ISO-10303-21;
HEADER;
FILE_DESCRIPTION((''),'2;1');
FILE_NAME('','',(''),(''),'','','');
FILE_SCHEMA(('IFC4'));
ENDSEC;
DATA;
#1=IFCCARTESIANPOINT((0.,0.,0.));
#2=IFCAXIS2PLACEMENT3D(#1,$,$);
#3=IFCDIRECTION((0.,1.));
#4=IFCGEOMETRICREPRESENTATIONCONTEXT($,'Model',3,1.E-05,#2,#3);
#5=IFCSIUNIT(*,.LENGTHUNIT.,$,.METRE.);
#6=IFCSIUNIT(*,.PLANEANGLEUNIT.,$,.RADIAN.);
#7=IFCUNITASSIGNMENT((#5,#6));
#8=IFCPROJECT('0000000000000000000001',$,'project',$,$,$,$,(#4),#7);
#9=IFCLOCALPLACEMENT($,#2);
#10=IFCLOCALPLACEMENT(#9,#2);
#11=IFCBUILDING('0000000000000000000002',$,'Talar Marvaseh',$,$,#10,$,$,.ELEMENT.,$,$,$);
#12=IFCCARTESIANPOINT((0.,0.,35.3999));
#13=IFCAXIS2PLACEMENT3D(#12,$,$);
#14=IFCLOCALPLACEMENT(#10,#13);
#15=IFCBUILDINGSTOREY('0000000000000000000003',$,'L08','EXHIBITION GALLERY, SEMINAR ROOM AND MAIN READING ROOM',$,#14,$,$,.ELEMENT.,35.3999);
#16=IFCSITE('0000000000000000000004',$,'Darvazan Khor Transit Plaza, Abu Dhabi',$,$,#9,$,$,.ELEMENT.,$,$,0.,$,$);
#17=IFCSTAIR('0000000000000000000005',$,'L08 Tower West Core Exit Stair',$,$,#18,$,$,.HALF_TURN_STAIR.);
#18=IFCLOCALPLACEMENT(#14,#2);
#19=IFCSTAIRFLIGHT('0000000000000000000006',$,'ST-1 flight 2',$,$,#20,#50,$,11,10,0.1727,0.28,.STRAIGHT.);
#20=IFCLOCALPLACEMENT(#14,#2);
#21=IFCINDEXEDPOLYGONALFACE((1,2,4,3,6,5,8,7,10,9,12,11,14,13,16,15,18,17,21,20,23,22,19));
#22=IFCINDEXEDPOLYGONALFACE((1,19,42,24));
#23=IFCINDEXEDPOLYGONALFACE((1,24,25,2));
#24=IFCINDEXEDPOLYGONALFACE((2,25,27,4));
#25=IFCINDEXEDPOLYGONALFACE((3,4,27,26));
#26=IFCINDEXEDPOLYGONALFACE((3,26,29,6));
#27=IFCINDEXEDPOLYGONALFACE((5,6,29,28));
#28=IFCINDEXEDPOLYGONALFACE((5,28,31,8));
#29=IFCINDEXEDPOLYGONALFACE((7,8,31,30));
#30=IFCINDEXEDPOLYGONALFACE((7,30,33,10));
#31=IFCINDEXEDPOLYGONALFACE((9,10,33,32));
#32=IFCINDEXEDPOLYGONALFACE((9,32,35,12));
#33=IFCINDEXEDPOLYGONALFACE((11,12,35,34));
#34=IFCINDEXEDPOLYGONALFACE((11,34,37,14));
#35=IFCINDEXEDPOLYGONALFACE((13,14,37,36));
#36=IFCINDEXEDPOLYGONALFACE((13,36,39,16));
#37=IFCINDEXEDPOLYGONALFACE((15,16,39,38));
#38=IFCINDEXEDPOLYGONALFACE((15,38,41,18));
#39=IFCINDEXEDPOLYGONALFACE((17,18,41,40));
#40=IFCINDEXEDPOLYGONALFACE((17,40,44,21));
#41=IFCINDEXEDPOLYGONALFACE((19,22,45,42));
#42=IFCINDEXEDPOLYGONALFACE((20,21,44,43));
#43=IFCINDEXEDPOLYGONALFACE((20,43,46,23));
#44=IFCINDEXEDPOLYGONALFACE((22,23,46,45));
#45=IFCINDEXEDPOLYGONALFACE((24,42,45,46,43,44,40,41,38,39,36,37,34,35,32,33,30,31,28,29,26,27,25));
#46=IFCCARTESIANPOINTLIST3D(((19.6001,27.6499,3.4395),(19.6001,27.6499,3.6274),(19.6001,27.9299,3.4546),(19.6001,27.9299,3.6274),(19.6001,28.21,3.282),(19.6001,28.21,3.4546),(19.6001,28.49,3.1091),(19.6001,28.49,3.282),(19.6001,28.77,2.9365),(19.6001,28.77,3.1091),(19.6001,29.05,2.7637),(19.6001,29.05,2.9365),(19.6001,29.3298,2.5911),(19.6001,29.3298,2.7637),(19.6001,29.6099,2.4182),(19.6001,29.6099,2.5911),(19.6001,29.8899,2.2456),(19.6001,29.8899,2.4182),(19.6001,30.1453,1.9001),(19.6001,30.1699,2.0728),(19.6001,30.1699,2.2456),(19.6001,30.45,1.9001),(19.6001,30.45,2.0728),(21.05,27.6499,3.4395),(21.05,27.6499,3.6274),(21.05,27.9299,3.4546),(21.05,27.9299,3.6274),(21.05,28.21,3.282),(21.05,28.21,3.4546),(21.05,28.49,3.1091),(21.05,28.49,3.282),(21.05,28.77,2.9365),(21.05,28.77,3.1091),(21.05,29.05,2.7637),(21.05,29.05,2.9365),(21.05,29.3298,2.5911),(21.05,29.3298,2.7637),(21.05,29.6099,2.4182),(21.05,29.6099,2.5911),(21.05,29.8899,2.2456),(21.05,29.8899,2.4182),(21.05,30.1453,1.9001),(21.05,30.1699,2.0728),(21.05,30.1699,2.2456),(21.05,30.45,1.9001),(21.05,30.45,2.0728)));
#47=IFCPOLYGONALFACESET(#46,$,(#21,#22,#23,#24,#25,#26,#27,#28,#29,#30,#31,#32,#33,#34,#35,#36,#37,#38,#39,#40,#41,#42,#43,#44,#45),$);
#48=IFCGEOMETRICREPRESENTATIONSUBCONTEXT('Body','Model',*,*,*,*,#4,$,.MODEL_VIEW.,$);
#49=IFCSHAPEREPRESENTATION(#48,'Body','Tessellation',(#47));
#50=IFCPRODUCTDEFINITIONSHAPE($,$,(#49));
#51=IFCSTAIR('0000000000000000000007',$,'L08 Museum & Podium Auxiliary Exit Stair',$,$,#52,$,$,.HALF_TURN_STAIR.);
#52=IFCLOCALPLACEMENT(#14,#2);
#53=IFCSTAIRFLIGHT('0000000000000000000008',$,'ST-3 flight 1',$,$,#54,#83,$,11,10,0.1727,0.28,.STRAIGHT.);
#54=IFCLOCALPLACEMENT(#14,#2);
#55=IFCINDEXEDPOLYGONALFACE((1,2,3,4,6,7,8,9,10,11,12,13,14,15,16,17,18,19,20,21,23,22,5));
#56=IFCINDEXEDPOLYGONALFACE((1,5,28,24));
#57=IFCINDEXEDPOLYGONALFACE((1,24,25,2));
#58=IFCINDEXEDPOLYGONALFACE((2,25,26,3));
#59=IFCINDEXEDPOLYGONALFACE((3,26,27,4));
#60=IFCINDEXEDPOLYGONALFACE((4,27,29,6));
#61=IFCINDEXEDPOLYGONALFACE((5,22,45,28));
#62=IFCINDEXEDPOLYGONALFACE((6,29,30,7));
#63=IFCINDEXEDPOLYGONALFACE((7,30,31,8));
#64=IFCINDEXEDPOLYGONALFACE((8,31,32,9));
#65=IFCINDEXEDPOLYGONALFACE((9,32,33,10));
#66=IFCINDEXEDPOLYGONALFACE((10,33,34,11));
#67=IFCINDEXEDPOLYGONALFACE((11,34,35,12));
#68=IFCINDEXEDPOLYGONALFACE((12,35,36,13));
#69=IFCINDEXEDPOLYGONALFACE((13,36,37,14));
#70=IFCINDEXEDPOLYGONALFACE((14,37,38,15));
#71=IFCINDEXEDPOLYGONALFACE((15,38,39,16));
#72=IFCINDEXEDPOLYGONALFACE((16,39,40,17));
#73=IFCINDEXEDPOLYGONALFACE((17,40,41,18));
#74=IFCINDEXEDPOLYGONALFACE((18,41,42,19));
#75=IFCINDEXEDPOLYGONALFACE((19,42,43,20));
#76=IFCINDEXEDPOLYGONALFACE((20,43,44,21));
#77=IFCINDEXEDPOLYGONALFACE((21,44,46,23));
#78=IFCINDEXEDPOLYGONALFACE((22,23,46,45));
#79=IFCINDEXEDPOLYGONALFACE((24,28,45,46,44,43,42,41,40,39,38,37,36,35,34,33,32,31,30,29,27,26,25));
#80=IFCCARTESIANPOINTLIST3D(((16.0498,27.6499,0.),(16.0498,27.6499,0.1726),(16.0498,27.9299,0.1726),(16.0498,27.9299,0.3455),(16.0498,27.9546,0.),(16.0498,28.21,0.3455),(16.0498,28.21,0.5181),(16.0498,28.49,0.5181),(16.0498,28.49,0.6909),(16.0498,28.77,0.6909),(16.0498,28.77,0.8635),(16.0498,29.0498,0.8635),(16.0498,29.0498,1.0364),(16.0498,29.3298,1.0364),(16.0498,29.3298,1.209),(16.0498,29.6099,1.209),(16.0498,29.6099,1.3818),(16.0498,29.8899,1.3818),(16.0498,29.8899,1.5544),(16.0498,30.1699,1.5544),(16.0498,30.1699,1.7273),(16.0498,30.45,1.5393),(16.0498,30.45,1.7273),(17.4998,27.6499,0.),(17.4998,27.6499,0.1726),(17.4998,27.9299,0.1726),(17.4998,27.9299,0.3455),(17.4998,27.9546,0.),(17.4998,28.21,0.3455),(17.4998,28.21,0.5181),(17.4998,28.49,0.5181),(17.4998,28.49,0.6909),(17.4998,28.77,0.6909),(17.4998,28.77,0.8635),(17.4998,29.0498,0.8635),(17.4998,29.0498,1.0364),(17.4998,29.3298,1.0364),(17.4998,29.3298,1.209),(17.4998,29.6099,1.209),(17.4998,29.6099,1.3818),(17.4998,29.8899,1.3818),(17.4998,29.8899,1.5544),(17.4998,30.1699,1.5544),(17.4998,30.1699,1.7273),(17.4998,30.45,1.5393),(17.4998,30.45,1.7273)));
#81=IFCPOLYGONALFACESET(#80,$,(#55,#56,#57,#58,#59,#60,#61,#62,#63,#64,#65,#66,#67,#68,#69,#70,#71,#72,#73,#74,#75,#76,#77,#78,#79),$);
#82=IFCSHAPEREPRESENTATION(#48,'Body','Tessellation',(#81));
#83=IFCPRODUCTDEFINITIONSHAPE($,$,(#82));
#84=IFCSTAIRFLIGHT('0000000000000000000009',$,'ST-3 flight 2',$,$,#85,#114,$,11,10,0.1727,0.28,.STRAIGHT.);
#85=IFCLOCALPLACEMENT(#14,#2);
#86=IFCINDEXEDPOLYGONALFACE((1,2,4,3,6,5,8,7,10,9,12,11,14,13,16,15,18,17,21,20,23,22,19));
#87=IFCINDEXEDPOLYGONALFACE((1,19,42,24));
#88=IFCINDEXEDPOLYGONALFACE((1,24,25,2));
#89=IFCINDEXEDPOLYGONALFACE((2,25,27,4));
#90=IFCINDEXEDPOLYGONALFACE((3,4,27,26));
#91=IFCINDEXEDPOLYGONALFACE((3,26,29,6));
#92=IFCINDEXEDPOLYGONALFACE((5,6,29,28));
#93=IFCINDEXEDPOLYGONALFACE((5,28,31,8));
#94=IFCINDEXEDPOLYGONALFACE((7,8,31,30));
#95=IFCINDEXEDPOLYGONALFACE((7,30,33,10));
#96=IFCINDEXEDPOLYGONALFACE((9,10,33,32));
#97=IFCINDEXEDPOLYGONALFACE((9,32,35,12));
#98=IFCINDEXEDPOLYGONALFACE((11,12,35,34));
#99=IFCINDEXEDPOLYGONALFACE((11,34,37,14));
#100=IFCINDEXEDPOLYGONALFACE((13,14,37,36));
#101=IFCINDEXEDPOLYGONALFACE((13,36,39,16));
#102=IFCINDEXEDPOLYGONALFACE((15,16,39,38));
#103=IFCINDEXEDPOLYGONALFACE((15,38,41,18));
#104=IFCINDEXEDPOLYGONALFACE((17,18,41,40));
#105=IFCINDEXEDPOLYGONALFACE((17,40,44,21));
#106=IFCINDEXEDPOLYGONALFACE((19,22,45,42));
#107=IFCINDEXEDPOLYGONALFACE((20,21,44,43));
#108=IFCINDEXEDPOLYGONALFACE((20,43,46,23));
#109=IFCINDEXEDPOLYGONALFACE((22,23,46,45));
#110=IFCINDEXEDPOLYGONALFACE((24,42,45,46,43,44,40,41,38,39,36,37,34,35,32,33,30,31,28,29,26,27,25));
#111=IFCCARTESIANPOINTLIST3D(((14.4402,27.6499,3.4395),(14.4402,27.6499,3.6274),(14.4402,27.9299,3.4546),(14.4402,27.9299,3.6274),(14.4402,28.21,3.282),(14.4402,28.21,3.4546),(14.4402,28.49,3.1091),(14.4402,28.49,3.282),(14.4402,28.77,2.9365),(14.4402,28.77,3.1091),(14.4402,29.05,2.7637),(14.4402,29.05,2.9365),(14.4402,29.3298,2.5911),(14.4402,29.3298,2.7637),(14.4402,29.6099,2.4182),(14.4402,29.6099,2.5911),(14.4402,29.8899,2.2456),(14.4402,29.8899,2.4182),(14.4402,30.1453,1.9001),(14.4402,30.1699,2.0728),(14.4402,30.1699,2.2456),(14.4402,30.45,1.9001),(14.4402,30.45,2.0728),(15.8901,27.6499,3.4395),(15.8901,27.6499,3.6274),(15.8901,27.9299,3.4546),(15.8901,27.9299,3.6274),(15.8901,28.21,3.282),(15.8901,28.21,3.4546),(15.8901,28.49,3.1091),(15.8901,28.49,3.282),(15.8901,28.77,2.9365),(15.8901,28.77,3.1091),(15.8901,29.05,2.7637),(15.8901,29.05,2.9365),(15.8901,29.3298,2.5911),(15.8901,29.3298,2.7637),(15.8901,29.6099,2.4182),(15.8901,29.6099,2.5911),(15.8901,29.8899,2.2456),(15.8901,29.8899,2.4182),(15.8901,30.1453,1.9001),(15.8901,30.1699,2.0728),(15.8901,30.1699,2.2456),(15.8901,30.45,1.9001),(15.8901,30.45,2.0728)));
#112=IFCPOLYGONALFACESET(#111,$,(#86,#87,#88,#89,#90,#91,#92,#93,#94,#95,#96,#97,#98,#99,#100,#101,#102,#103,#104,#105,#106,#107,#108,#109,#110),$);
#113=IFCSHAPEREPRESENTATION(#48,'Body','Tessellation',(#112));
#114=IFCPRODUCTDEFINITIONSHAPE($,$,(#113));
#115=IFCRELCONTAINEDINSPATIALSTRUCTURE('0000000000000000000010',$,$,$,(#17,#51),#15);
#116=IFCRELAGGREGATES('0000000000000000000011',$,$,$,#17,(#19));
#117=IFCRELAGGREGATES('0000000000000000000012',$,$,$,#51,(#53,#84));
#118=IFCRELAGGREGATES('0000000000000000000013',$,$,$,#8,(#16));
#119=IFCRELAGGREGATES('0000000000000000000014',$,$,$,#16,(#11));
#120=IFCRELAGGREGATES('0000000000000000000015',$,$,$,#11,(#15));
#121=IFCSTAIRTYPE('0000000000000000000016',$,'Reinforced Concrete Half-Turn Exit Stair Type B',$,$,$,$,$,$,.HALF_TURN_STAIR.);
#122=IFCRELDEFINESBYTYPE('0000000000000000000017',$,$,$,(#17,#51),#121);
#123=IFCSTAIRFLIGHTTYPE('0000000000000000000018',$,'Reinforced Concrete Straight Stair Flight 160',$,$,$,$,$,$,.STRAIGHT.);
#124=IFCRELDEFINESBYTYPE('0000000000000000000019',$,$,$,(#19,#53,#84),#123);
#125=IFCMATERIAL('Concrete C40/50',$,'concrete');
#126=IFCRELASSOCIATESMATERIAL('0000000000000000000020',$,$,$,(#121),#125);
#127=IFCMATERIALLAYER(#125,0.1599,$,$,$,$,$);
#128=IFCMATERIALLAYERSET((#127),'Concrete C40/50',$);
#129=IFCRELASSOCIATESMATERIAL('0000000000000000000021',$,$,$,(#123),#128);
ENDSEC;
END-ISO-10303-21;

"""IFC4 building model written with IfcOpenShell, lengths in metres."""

from ifc_helpers import new_model, si_unit, direction, frame, origin, place, context, subcontext, project, spatial, polyline, outline, extrude, material, layer, layer_set, type_object, element, aggregate, save


model = new_model("IFC4")

# Units and contexts
model_context = context("Model", 3, precision=1e-05, world=origin(), true_north=direction((0.0, 1.0)))
body_context = subcontext(model_context, "Body", "Model", "MODEL_VIEW")
ifc_project = project(units=[si_unit("LENGTHUNIT", "METRE"), si_unit("PLANEANGLEUNIT", "RADIAN")], contexts=[model_context])

# Site, building, storey
site_placement = place(None, origin())
site = spatial("IfcSite", under=ifc_project, at=site_placement, Name="Darvazan Khor Transit Plaza, Abu Dhabi", CompositionType="ELEMENT", RefElevation=0.0)
building_placement = place(site_placement, origin())
building = spatial("IfcBuilding", under=site, at=building_placement, Name="Talar Marvaseh", CompositionType="ELEMENT")
storey_placement = place(building_placement, frame((0.0, 0.0, 35.3999)))
storey = spatial("IfcBuildingStorey", under=building, at=storey_placement, Name="L08", Description="EXHIBITION GALLERY, SEMINAR ROOM AND MAIN READING ROOM", CompositionType="ELEMENT", Elevation=35.3999)

# Shared definitions
ifc_material_1 = material(Name="Concrete C40/50", Category="concrete")

# Stair, stair flight
stair_type = type_object("IfcStairType", Name="Reinforced Concrete Half-Turn Exit Stair Type B", PredefinedType="HALF_TURN_STAIR", material=ifc_material_1)
stair_1_placement = place(storey_placement, origin())
stair_1 = element("IfcStair", 1, at=stair_1_placement, inside=storey, type_object=stair_type, Name="L08 Tower West Core Exit Stair", PredefinedType="HALF_TURN_STAIR")
ifc_layer_1 = layer(ifc_material_1, 0.1599)
ifc_layer_set_1 = layer_set([ifc_layer_1], Name="Concrete C40/50")
stair_flight_type = type_object("IfcStairFlightType", Name="Reinforced Concrete Straight Stair Flight 160", PredefinedType="STRAIGHT", material=ifc_layer_set_1)
stair_flight_1_placement = place(storey_placement, frame((20.325, 30.45, 1.9001), z_axis=(0.0, 0.0, 1.0), x_axis=(0.0, -1.0, 0.0)))
stair_flight_1 = element("IfcStairFlight", 2, at=stair_flight_1_placement, type_object=stair_flight_type, Name="ST-1 flight 2", NumberOfRisers=11, NumberOfTreads=10, PredefinedType="STRAIGHT", RiserHeight=0.1727, TreadLength=0.28, context=body_context, shape_type="SweptSolid", body=[
    extrude(outline(polyline([(0.0, 0.0), (0.0, 0.1726), (0.28, 0.1726), (0.28, 0.3455), (0.5601, 0.3455), (0.5601, 0.5181), (0.8401, 0.5181), (0.8401, 0.6909), (1.1201, 0.6909), (1.1201, 0.8635), (1.3999, 0.8635), (1.3999, 1.0364), (1.6799, 1.0364), (1.6799, 1.209), (1.96, 1.209), (1.96, 1.3818), (2.24, 1.3818), (2.24, 1.5544), (2.52, 1.5544), (2.52, 1.7273), (2.8, 1.7273), (2.8, 1.8999), (2.8, 1.5393), (0.3047, 0.0), (0.0, 0.0)])), frame((0.0, 0.7251, 0.0), z_axis=(0.0, -1.0, 0.0), x_axis=(1.0, 0.0, 0.0)), (0.0, 0.0, 1.0), 1.45),
])
aggregate(stair_1, [stair_flight_1])

# Stair, stair flights
stair_2_placement = place(storey_placement, origin())
stair_2 = element("IfcStair", 3, at=stair_2_placement, inside=storey, type_object=stair_type, Name="L08 Museum & Podium Auxiliary Exit Stair", PredefinedType="HALF_TURN_STAIR")
stair_flight_2_placement = place(storey_placement, frame((16.7749, 27.6499, 0.0), z_axis=(0.0, 0.0, 1.0), x_axis=(0.0, 1.0, 0.0)))
stair_flight_2 = element("IfcStairFlight", 4, at=stair_flight_2_placement, type_object=stair_flight_type, Name="ST-3 flight 1", NumberOfRisers=11, NumberOfTreads=10, PredefinedType="STRAIGHT", RiserHeight=0.1727, TreadLength=0.28, context=body_context, shape_type="SweptSolid", body=[
    extrude(outline(polyline([(0.0, 0.0), (0.0, 0.1726), (0.28, 0.1726), (0.28, 0.3455), (0.5601, 0.3455), (0.5601, 0.5181), (0.8401, 0.5181), (0.8401, 0.6909), (1.1201, 0.6909), (1.1201, 0.8635), (1.3999, 0.8635), (1.3999, 1.0364), (1.6799, 1.0364), (1.6799, 1.209), (1.96, 1.209), (1.96, 1.3818), (2.24, 1.3818), (2.24, 1.5544), (2.52, 1.5544), (2.52, 1.7273), (2.8, 1.7273), (2.8, 1.8999), (2.8, 1.5393), (0.3047, 0.0), (0.0, 0.0)])), frame((0.0, 0.7251, 0.0), z_axis=(0.0, -1.0, 0.0), x_axis=(1.0, 0.0, 0.0)), (0.0, 0.0, 1.0), 1.45),
])
stair_flight_3_placement = place(storey_placement, frame((15.165, 30.45, 1.9001), z_axis=(0.0, 0.0, 1.0), x_axis=(0.0, -1.0, 0.0)))
stair_flight_3 = element("IfcStairFlight", 5, at=stair_flight_3_placement, type_object=stair_flight_type, Name="ST-3 flight 2", NumberOfRisers=11, NumberOfTreads=10, PredefinedType="STRAIGHT", RiserHeight=0.1727, TreadLength=0.28, context=body_context, shape_type="SweptSolid", body=[
    extrude(outline(polyline([(0.0, 0.0), (0.0, 0.1726), (0.28, 0.1726), (0.28, 0.3455), (0.5601, 0.3455), (0.5601, 0.5181), (0.8401, 0.5181), (0.8401, 0.6909), (1.1201, 0.6909), (1.1201, 0.8635), (1.3999, 0.8635), (1.3999, 1.0364), (1.6799, 1.0364), (1.6799, 1.209), (1.96, 1.209), (1.96, 1.3818), (2.24, 1.3818), (2.24, 1.5544), (2.52, 1.5544), (2.52, 1.7273), (2.8, 1.7273), (2.8, 1.8999), (2.8, 1.5393), (0.3047, 0.0), (0.0, 0.0)])), frame((0.0, 0.7251, 0.0), z_axis=(0.0, -1.0, 0.0), x_axis=(1.0, 0.0, 0.0)), (0.0, 0.0, 1.0), 1.45),
])
aggregate(stair_2, [stair_flight_2, stair_flight_3])

save(model, "model.ifc")
